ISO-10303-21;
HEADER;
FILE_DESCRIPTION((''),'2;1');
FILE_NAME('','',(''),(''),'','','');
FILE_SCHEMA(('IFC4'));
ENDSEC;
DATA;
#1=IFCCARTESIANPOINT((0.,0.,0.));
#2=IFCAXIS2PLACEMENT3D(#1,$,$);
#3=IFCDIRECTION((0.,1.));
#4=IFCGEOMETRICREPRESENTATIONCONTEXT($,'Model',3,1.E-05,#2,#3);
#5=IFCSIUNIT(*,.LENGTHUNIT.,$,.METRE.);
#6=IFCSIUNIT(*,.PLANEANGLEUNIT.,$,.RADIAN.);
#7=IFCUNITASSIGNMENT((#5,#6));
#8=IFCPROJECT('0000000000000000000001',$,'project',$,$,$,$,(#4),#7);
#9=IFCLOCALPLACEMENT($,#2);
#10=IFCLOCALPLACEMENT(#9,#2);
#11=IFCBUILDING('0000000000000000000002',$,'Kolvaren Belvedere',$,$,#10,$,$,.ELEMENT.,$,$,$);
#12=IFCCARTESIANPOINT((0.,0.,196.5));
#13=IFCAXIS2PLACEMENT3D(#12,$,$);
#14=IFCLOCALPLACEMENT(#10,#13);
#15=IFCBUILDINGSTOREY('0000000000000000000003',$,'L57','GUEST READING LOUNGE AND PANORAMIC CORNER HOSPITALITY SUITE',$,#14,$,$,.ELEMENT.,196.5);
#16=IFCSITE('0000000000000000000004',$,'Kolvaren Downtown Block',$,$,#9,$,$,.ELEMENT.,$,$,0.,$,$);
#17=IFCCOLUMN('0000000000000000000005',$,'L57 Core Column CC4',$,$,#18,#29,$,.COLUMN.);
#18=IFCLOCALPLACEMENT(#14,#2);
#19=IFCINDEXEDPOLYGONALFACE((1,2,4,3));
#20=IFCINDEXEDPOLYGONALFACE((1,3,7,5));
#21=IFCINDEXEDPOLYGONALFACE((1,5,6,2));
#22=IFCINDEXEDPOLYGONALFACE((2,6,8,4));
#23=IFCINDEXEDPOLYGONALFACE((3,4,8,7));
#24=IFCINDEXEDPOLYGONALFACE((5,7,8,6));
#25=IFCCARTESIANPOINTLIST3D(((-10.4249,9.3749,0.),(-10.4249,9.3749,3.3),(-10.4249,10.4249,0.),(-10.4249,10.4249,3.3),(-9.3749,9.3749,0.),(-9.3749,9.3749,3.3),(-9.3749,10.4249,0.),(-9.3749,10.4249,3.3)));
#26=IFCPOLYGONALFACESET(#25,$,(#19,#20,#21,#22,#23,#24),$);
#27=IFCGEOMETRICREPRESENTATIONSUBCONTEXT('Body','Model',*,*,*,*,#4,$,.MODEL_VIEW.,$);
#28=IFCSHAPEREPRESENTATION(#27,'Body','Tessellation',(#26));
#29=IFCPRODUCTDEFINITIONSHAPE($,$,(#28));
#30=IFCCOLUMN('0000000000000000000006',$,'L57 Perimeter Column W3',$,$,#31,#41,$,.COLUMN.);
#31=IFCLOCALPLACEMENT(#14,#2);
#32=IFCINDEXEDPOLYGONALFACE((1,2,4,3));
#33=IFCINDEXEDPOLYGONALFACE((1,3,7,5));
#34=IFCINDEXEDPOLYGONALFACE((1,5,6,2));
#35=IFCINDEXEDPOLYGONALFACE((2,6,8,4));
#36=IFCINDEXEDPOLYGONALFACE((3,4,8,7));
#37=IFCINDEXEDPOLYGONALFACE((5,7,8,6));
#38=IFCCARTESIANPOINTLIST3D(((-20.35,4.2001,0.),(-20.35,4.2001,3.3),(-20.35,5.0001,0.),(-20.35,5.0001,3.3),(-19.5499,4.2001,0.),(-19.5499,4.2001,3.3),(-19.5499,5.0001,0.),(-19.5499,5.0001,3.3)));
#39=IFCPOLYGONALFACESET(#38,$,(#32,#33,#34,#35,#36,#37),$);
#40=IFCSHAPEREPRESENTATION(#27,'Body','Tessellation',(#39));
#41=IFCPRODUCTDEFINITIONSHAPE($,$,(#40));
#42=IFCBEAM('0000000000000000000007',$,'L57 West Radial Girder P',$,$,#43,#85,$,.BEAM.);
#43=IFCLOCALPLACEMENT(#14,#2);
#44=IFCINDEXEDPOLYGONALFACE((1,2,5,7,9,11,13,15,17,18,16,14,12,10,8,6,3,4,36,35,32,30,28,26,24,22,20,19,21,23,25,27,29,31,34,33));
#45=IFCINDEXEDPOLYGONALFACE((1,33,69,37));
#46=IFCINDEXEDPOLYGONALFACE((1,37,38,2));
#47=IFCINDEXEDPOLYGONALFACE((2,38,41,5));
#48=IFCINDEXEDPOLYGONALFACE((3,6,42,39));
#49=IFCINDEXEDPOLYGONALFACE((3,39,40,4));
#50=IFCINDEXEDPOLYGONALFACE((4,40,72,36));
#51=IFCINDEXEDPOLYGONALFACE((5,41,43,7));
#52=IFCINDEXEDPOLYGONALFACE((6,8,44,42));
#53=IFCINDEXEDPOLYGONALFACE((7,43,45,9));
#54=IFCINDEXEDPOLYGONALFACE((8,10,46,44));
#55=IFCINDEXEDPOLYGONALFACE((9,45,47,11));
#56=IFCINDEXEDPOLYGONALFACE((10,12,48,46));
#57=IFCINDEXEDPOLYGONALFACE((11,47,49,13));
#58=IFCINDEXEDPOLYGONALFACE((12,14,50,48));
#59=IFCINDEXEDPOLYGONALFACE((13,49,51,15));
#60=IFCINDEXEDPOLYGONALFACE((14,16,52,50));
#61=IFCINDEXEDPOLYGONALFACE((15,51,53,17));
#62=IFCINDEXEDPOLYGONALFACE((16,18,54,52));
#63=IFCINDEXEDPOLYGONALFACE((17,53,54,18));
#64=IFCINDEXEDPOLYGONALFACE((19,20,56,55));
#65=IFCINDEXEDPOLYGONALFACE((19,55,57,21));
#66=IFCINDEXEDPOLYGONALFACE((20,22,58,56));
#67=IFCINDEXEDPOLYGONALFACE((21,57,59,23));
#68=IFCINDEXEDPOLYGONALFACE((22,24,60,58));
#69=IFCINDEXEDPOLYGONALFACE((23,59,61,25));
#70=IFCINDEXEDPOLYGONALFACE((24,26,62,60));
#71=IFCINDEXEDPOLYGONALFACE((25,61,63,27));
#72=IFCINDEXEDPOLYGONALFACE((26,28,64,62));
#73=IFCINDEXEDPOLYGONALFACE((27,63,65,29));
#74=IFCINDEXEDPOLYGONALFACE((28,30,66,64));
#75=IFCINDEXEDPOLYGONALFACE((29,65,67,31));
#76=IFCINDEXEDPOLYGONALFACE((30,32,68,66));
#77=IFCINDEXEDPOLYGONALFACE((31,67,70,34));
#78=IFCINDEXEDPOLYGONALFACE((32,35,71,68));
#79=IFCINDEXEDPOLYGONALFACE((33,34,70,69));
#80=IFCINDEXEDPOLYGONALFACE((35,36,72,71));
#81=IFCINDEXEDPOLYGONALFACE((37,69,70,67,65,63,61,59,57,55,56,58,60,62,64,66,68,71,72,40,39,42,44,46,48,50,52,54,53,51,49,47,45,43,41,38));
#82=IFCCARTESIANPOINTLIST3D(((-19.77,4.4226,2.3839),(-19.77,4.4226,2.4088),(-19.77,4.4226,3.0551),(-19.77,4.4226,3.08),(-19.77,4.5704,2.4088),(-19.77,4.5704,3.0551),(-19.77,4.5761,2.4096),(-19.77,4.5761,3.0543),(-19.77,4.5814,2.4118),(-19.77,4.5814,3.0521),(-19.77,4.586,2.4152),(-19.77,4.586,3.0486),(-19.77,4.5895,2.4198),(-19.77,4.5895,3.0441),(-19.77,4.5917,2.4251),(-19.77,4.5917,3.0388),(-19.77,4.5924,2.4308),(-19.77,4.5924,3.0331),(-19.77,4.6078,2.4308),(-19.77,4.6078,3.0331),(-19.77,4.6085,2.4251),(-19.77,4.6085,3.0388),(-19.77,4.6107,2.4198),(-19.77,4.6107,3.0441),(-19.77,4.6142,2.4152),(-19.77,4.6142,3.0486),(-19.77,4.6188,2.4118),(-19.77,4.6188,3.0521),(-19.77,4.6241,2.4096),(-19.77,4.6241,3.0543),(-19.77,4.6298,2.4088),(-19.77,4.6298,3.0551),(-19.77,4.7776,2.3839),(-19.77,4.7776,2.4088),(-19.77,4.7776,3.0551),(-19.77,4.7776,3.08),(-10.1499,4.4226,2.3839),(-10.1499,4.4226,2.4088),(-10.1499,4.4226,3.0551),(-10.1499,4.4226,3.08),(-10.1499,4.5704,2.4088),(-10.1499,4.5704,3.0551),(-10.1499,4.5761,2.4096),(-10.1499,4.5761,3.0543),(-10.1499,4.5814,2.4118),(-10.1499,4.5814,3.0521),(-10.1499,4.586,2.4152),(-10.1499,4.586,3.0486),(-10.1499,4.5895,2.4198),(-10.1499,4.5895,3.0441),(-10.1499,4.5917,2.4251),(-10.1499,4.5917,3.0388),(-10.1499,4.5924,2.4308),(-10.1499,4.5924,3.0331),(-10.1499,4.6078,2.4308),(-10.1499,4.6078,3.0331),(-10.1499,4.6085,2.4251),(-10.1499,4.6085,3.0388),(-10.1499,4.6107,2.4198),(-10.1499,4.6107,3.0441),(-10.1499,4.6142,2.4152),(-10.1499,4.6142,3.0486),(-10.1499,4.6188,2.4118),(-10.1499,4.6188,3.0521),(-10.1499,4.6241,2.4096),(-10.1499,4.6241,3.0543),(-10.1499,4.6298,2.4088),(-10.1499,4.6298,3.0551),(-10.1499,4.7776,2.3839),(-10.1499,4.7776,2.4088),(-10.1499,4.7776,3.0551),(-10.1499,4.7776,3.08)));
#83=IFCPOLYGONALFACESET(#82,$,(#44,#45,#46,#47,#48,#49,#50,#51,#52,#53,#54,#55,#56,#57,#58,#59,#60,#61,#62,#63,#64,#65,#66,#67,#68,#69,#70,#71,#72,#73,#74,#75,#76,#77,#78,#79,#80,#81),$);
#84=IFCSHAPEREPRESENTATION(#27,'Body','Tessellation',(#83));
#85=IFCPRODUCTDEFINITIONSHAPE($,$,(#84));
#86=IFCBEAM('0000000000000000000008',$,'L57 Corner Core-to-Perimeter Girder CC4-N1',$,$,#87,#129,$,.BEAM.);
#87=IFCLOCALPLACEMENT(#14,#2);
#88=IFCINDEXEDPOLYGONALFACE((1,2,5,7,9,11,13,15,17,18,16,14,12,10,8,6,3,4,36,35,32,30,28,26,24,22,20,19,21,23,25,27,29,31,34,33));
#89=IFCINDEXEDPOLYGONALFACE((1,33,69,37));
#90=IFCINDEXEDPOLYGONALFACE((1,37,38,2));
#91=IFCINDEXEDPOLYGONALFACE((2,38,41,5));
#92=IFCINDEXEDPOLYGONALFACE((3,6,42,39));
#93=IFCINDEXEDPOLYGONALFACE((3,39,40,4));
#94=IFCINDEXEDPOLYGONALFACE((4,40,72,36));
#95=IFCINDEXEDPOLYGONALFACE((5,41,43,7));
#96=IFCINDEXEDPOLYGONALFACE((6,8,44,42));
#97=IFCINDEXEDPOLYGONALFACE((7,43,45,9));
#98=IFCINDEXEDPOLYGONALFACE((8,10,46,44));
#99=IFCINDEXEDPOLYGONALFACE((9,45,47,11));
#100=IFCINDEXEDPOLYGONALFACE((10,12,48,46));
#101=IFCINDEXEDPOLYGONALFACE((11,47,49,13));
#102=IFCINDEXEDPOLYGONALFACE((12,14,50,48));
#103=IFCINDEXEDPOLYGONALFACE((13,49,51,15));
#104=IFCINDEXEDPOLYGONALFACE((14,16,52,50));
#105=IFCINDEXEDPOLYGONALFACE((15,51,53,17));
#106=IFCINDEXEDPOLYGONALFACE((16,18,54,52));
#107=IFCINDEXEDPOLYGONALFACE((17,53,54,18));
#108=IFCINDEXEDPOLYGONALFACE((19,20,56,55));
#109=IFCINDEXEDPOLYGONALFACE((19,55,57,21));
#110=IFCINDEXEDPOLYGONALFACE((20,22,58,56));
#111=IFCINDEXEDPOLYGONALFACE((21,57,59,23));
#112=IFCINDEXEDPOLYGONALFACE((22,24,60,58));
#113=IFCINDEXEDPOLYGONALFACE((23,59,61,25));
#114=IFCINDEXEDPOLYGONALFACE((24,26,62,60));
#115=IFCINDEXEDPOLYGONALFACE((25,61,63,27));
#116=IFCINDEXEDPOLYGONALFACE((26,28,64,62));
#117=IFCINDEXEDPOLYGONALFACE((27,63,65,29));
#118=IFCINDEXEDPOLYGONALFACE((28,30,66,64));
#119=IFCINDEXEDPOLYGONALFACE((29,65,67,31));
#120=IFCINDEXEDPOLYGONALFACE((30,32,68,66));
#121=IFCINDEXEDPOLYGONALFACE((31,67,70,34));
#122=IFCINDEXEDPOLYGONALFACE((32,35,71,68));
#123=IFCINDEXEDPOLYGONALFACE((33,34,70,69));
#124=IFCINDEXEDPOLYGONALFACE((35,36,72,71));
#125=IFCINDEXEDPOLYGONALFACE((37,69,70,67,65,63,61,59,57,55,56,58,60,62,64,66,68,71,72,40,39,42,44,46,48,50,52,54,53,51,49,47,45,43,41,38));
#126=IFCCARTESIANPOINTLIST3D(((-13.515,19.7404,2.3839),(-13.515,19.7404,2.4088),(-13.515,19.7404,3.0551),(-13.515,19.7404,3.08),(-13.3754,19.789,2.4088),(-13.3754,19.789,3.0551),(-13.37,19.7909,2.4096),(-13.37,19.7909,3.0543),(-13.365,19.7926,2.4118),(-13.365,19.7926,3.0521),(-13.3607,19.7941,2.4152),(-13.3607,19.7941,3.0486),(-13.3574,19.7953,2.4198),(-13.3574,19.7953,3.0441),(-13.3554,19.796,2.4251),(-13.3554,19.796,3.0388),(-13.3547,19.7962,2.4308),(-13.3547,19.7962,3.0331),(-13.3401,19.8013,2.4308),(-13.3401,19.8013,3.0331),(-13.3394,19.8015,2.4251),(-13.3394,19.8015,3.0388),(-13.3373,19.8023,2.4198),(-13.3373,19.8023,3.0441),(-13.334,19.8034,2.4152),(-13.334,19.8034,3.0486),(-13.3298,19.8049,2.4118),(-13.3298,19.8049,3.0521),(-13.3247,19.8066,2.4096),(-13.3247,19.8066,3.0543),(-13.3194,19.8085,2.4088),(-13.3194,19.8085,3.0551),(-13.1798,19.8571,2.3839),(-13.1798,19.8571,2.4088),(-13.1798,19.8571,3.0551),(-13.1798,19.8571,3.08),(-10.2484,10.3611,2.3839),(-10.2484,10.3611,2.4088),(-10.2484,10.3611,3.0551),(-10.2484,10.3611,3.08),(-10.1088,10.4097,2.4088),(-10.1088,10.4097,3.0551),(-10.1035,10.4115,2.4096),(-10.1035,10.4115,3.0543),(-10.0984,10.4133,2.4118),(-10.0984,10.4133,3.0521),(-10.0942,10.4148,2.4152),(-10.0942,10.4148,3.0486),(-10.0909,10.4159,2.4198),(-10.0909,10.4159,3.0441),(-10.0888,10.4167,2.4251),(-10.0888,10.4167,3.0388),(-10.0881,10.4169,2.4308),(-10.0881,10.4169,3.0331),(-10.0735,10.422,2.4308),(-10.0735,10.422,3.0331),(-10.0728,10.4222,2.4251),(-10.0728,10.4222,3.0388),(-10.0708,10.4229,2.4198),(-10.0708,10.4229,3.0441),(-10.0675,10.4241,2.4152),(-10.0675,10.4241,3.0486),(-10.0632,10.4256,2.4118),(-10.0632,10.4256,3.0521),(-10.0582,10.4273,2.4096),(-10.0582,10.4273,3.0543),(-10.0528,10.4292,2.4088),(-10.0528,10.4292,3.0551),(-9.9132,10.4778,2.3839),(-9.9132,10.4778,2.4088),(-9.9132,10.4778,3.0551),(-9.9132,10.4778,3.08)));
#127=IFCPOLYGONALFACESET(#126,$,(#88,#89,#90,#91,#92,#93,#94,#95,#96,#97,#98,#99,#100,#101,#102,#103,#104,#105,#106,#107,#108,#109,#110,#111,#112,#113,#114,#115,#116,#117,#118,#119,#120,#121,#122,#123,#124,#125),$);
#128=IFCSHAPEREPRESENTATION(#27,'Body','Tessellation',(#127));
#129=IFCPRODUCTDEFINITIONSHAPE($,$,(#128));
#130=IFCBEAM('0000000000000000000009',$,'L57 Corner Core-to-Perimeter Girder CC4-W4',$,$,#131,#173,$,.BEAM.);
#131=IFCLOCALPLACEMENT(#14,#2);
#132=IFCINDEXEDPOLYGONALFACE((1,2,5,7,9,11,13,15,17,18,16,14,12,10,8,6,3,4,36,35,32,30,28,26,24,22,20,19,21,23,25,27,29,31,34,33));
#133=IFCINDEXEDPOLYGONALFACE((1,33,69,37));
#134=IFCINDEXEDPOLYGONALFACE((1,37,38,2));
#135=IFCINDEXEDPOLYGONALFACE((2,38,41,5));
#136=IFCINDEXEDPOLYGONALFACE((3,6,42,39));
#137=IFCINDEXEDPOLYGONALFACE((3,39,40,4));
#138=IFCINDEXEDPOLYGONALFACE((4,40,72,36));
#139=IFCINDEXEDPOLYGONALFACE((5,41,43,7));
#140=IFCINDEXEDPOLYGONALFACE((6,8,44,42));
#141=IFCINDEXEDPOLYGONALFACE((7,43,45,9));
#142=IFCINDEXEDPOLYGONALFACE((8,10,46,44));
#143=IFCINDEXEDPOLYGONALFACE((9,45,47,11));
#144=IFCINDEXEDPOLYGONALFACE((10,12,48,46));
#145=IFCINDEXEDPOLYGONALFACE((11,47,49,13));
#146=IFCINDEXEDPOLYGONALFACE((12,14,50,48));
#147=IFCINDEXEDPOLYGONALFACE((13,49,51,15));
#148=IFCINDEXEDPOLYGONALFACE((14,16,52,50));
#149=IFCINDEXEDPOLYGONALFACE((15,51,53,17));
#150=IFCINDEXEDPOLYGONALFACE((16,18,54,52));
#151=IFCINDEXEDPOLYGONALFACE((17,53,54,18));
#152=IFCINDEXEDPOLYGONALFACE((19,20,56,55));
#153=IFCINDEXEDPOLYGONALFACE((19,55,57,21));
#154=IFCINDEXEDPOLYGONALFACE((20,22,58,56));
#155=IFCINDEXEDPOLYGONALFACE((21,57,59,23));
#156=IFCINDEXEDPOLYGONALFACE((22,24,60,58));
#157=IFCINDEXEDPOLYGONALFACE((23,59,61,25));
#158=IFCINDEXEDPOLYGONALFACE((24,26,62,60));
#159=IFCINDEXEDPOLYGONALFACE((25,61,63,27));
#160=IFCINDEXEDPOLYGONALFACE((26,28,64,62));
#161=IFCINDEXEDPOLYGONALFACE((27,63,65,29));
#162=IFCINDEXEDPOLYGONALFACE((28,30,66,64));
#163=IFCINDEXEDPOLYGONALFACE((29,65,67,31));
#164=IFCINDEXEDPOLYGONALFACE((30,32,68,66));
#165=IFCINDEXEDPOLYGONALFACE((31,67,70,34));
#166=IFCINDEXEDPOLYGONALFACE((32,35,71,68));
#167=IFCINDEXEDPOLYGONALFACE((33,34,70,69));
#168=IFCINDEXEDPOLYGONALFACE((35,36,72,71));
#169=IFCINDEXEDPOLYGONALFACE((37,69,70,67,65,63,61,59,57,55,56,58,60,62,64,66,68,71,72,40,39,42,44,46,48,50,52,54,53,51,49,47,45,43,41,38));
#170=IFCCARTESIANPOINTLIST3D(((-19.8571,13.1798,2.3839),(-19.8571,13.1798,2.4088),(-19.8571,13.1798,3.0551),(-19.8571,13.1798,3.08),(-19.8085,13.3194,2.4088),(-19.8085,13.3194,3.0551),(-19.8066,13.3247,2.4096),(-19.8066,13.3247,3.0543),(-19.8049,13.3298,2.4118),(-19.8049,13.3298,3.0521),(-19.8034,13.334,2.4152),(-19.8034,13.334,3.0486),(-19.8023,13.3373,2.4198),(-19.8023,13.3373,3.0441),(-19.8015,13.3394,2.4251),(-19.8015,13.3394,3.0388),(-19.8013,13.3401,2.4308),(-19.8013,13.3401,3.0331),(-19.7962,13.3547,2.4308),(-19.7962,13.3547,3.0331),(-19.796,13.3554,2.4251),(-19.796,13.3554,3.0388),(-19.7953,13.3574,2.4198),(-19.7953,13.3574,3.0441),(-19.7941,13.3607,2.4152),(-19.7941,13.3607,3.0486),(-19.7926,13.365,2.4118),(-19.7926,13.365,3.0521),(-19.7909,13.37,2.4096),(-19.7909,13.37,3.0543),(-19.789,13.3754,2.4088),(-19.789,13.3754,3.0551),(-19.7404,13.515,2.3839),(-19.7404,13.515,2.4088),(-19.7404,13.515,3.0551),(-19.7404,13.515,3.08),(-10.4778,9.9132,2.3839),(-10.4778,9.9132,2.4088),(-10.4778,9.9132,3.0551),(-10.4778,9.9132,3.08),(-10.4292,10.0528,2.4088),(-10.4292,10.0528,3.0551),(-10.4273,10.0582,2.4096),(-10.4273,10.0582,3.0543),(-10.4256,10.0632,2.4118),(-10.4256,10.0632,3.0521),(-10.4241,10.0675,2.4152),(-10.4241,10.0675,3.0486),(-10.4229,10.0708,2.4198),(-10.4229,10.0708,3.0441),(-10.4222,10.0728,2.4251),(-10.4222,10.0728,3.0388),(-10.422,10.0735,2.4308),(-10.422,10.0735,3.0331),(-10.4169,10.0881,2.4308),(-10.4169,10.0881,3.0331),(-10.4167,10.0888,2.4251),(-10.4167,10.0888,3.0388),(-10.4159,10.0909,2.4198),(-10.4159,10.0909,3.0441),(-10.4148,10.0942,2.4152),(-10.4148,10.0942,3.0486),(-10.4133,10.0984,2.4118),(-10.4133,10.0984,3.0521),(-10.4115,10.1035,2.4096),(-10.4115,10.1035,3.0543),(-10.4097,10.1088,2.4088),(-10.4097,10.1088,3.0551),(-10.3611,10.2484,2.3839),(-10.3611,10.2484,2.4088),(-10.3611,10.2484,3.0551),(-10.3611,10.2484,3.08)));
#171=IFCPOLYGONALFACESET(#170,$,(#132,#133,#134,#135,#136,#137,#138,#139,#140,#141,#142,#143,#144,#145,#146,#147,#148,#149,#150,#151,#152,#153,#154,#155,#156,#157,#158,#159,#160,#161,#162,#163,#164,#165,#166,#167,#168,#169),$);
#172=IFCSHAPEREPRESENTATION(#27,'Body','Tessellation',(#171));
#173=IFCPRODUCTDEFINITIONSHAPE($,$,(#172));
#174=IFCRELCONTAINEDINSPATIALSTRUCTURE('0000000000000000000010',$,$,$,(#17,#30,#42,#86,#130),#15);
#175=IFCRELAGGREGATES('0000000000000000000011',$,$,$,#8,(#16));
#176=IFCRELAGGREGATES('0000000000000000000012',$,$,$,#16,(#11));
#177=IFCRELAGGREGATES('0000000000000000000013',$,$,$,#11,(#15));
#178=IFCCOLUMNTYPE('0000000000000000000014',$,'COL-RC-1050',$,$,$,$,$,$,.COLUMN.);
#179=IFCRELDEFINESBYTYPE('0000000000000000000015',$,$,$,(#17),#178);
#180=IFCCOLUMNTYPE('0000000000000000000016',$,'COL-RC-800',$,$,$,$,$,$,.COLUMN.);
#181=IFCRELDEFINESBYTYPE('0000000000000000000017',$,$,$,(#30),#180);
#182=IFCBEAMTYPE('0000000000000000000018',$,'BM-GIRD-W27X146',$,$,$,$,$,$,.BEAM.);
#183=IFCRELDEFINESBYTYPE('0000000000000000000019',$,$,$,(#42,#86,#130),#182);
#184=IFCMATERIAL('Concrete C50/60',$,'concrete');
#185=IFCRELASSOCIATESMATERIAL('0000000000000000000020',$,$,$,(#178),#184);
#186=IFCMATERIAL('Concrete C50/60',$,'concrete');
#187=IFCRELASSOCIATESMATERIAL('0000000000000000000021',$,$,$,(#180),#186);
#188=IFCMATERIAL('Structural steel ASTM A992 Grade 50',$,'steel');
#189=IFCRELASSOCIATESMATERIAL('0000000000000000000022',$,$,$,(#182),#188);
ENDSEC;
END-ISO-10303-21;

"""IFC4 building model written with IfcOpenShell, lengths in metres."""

from ifc_helpers import new_model, si_unit, direction, frame, origin, origin_2d, place, context, subcontext, project, spatial, rectangle, i_section, extrude, material, material_profile, profile_set, type_object, element, save


model = new_model("IFC4")

# Units and contexts
model_context = context("Model", 3, precision=1e-05, world=origin(), true_north=direction((0.0, 1.0)))
body_context = subcontext(model_context, "Body", "Model", "MODEL_VIEW")
ifc_project = project(units=[si_unit("LENGTHUNIT", "METRE"), si_unit("PLANEANGLEUNIT", "RADIAN")], contexts=[model_context])

# Site, building, storey
site_placement = place(None, origin())
site = spatial("IfcSite", under=ifc_project, at=site_placement, Name="Kolvaren Downtown Block", CompositionType="ELEMENT", RefElevation=0.0)
building_placement = place(site_placement, origin())
building = spatial("IfcBuilding", under=site, at=building_placement, Name="Kolvaren Belvedere", CompositionType="ELEMENT")
storey_placement = place(building_placement, frame((0.0, 0.0, 196.5)))
storey = spatial("IfcBuildingStorey", under=building, at=storey_placement, Name="L57", Description="GUEST READING LOUNGE AND PANORAMIC CORNER HOSPITALITY SUITE", CompositionType="ELEMENT", Elevation=196.5)

# Columns
ifc_material_1 = material(Name="Concrete C50/60", Category="concrete")
ifc_material_profile_1 = material_profile(ifc_material_1, rectangle(XDim=1.05, YDim=1.05, at=origin_2d()), Name="RC 1050X1050")
ifc_profile_set_1 = profile_set([ifc_material_profile_1], Name="Concrete C50/60")
column_type_1 = type_object("IfcColumnType", Name="COL-RC-1050", PredefinedType="COLUMN", material=ifc_profile_set_1)
column_1_placement = place(storey_placement, frame((-9.8999, 9.8999, 0.0), z_axis=(0.0, 0.0, 1.0), x_axis=(1.0, 0.0, 0.0)))
element("IfcColumn", 1, at=column_1_placement, inside=storey, type_object=column_type_1, Name="L57 Core Column CC4", PredefinedType="COLUMN", context=body_context, shape_type="SweptSolid", body=[
    extrude(rectangle(XDim=1.05, YDim=1.05, at=origin_2d()), origin(), (0.0, 0.0, 1.0), 3.3),
])
ifc_material_2 = material(Name="Concrete C50/60", Category="concrete")
ifc_material_profile_2 = material_profile(ifc_material_2, rectangle(XDim=0.8, YDim=0.8, at=origin_2d()), Name="RC 800X800")
ifc_profile_set_2 = profile_set([ifc_material_profile_2], Name="Concrete C50/60")
column_type_2 = type_object("IfcColumnType", Name="COL-RC-800", PredefinedType="COLUMN", material=ifc_profile_set_2)
column_2_placement = place(storey_placement, frame((-19.95, 4.6001, 0.0), z_axis=(0.0, 0.0, 1.0), x_axis=(1.0, 0.0, 0.0)))
element("IfcColumn", 2, at=column_2_placement, inside=storey, type_object=column_type_2, Name="L57 Perimeter Column W3", PredefinedType="COLUMN", context=body_context, shape_type="SweptSolid", body=[
    extrude(rectangle(XDim=0.8, YDim=0.8, at=origin_2d()), origin(), (0.0, 0.0, 1.0), 3.3),
])

# Beams
ifc_material_3 = material(Name="Structural steel ASTM A992 Grade 50", Category="steel")
ifc_material_profile_3 = material_profile(ifc_material_3, i_section(OverallWidth=0.355, OverallDepth=0.696, WebThickness=0.0154, FlangeThickness=0.0249, FilletRadius=0.022, at=origin_2d()), Name="W27X146")
ifc_profile_set_3 = profile_set([ifc_material_profile_3], Name="Structural steel ASTM A992 Grade 50")
beam_type_1 = type_object("IfcBeamType", Name="BM-GIRD-W27X146", PredefinedType="BEAM", material=ifc_profile_set_3)
beam_1_placement = place(storey_placement, frame((-10.1499, 4.6001, 2.7319), z_axis=(-1.0, 0.0, 0.0), x_axis=(0.0, -1.0, 0.0)))
element("IfcBeam", 3, at=beam_1_placement, inside=storey, type_object=beam_type_1, Name="L57 West Radial Girder P", PredefinedType="BEAM", context=body_context, shape_type="SweptSolid", body=[
    extrude(i_section(OverallWidth=0.355, OverallDepth=0.696, WebThickness=0.0154, FlangeThickness=0.0249, FilletRadius=0.022, at=origin_2d()), origin(), (0.0, 0.0, 1.0), 9.6201),
])
for number, where, z_axis, x_axis, name in (
    (4, (-10.0808, 10.4194, 2.7319), (-0.328898, 0.944365, 0.0), (-0.944365, -0.328898, 0.0), "L57 Corner Core-to-Perimeter Girder CC4-N1"),
    (5, (-10.4194, 10.0808, 2.7319), (-0.944365, 0.328898, 0.0), (-0.328898, -0.944365, 0.0), "L57 Corner Core-to-Perimeter Girder CC4-W4"),
):
    element("IfcBeam", number, at=place(storey_placement, frame(where, z_axis=z_axis, x_axis=x_axis)), inside=storey, type_object=beam_type_1, Name=name, PredefinedType="BEAM", context=body_context, shape_type="SweptSolid", body=[
        extrude(i_section(OverallWidth=0.355, OverallDepth=0.696, WebThickness=0.0154, FlangeThickness=0.0249, FilletRadius=0.022, at=origin_2d()), origin(), (0.0, 0.0, 1.0), 9.9319),
    ])

save(model, "model.ifc")
